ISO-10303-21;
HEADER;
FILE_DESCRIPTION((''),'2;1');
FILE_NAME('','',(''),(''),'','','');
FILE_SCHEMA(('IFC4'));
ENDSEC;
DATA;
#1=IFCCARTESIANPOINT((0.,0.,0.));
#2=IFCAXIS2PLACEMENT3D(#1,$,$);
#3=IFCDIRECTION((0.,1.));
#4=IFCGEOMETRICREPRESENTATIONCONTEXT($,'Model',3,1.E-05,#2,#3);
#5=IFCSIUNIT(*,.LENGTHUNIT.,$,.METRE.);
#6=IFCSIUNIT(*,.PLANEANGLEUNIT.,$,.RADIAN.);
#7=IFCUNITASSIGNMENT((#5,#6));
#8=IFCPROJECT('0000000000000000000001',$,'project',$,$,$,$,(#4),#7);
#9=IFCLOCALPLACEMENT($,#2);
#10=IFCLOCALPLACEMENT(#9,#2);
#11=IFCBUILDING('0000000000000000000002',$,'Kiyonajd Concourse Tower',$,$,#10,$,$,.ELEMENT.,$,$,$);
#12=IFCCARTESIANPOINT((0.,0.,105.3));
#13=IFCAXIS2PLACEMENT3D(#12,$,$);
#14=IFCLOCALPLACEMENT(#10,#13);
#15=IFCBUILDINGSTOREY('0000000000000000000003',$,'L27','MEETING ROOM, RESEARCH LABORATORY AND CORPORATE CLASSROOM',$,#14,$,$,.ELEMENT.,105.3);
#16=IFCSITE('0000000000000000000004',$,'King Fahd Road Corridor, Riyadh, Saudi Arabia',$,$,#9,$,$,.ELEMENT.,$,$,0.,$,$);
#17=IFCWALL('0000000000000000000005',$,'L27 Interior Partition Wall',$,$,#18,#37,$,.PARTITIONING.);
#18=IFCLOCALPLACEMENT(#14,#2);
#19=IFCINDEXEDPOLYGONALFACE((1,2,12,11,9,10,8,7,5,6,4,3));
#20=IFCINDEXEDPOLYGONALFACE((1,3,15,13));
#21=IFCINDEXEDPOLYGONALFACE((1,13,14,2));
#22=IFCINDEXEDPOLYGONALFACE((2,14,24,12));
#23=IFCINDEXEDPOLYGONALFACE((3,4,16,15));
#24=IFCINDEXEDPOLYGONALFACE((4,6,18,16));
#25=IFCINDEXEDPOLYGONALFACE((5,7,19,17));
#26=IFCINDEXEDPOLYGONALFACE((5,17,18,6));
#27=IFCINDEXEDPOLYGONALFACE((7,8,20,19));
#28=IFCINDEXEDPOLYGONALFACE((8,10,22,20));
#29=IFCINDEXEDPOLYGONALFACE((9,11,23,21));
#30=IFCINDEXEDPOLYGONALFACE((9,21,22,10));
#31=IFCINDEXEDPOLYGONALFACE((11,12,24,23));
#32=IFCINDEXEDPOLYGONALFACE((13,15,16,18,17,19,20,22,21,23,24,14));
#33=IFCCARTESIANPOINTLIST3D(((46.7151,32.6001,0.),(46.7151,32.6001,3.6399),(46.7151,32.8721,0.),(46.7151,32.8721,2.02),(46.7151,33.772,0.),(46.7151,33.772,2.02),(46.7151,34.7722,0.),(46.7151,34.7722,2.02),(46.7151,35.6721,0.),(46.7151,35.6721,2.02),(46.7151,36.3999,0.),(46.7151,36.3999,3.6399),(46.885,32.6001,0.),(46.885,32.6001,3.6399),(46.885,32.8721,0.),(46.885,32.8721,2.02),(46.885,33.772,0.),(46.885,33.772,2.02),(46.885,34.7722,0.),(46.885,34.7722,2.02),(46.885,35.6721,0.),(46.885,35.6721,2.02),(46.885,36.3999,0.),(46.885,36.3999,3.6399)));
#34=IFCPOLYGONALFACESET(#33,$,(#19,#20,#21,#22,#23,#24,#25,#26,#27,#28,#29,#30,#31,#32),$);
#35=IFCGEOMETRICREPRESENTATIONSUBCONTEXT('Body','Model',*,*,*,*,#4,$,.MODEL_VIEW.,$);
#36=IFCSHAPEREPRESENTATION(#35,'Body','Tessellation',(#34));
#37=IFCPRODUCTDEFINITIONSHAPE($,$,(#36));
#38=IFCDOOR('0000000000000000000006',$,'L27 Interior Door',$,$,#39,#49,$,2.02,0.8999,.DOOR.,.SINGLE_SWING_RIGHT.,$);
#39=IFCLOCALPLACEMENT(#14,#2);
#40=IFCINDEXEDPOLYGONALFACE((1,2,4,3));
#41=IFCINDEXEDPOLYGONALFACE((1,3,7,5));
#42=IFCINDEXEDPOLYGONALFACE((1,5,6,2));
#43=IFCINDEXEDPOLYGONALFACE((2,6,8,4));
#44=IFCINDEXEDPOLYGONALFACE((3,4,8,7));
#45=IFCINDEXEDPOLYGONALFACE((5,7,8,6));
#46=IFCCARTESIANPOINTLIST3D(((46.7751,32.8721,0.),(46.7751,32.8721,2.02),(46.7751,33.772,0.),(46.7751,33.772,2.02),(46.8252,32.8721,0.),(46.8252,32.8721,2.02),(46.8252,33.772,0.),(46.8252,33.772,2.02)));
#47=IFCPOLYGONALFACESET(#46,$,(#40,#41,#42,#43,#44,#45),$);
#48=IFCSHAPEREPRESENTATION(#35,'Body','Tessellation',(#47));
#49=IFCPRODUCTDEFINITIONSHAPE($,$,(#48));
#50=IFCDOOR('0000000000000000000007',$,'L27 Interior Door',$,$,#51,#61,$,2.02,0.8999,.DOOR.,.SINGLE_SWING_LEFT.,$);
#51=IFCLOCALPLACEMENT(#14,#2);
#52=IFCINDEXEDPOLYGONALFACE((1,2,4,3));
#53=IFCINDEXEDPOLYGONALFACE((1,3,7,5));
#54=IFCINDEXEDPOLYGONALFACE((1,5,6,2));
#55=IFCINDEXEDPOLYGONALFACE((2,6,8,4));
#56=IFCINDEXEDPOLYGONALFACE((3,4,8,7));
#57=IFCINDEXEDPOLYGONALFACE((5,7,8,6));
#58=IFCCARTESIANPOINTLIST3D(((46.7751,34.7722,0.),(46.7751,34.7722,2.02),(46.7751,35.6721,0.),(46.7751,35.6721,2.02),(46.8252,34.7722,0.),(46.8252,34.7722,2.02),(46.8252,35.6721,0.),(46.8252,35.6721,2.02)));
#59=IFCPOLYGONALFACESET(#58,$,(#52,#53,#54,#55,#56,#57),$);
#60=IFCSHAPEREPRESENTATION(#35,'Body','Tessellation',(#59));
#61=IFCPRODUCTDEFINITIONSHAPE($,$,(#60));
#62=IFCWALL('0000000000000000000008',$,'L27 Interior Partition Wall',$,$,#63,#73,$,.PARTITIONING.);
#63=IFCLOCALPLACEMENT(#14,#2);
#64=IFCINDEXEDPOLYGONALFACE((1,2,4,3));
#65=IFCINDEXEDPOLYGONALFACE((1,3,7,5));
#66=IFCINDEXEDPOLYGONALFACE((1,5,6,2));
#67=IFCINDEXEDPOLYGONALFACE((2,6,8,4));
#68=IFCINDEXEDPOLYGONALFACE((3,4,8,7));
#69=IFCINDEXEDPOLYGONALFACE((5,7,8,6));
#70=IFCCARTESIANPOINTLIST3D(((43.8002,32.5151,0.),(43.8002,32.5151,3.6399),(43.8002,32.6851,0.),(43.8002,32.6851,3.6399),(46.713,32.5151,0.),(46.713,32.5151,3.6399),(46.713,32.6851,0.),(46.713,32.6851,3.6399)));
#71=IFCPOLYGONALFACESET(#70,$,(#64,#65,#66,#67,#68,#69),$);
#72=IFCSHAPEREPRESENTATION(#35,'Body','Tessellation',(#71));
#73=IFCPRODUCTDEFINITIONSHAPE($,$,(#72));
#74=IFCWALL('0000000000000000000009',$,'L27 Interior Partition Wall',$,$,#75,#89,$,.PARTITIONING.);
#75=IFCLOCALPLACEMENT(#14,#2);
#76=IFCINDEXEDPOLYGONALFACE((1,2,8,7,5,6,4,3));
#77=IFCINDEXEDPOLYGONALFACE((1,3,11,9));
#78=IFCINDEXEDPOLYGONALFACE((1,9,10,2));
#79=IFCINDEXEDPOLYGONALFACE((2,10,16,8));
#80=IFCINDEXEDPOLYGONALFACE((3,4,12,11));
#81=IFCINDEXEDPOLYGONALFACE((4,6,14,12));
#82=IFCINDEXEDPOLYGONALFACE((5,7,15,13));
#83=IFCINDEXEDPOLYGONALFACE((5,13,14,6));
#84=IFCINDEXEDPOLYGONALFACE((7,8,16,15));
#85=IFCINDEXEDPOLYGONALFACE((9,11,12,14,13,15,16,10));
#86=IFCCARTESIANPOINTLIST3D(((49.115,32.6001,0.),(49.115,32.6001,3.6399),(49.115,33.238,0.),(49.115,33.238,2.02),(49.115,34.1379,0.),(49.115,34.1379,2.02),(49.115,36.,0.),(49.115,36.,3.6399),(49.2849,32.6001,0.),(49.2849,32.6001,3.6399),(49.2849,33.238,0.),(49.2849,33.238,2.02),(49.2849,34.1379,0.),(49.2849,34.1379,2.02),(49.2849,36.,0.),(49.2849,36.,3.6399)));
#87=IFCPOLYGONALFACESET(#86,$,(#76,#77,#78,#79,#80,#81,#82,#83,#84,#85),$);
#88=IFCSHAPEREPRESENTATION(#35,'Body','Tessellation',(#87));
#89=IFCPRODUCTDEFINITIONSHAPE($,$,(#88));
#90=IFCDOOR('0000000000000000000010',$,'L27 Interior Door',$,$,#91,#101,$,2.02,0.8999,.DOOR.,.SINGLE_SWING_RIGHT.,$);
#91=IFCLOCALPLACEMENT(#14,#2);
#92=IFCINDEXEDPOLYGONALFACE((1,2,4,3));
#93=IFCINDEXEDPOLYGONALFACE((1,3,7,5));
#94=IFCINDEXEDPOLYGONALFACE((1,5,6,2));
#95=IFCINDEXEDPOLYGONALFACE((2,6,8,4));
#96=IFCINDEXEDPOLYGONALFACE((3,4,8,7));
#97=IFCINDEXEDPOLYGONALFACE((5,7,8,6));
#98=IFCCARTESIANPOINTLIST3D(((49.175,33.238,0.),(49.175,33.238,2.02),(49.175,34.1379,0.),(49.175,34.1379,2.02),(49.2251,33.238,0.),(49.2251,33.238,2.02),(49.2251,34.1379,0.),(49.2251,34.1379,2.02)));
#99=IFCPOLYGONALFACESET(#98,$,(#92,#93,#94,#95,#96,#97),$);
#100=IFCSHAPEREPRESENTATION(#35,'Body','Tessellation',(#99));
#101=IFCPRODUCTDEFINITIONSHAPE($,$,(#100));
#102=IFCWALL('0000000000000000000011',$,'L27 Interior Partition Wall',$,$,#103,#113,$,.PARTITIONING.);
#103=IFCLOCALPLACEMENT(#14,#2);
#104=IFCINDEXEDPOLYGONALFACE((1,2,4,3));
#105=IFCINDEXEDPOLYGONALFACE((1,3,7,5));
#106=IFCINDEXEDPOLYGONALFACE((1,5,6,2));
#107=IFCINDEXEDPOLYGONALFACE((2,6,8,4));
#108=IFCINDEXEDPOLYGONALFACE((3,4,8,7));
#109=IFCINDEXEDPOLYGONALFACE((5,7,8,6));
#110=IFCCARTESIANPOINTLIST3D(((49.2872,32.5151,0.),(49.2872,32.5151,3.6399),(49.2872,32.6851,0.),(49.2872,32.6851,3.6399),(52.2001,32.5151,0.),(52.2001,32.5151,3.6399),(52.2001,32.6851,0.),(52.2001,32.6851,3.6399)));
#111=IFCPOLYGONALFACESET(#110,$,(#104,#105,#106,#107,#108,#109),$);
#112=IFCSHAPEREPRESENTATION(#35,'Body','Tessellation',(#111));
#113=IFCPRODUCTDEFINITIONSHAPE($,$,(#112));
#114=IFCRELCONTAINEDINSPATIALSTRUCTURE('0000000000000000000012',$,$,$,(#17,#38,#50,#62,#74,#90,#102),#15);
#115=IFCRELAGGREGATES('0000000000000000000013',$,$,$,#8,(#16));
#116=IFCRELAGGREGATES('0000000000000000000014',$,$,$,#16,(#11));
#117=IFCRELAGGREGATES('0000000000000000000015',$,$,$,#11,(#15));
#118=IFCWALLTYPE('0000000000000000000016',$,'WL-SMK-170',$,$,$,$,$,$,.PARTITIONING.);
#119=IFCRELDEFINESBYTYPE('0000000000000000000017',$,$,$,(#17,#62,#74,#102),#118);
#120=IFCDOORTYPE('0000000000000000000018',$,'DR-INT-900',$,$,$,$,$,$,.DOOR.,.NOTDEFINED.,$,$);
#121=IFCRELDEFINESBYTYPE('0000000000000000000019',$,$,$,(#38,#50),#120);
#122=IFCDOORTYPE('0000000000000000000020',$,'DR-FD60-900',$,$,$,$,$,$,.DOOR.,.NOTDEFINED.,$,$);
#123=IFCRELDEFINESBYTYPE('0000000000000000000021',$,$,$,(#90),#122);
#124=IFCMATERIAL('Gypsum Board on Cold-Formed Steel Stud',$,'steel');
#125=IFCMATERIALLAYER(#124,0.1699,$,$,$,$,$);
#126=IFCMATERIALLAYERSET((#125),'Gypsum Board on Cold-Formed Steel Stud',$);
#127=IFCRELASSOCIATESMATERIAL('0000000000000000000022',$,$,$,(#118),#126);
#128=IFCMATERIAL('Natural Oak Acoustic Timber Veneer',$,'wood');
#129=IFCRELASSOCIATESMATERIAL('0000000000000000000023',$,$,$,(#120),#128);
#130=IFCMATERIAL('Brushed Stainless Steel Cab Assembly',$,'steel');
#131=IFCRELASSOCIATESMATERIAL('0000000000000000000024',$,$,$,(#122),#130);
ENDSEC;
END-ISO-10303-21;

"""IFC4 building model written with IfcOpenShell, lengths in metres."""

from ifc_helpers import new_model, si_unit, direction, frame, frame_2d, origin, place, context, subcontext, project, spatial, rectangle, extrude, material, layer, layer_set, type_object, element, fill, save


model = new_model("IFC4")

# Units and contexts
model_context = context("Model", 3, precision=1e-05, world=origin(), true_north=direction((0.0, 1.0)))
body_context = subcontext(model_context, "Body", "Model", "MODEL_VIEW")
ifc_project = project(units=[si_unit("LENGTHUNIT", "METRE"), si_unit("PLANEANGLEUNIT", "RADIAN")], contexts=[model_context])

# Site, building, storey
site_placement = place(None, origin())
site = spatial("IfcSite", under=ifc_project, at=site_placement, Name="King Fahd Road Corridor, Riyadh, Saudi Arabia", CompositionType="ELEMENT", RefElevation=0.0)
building_placement = place(site_placement, origin())
building = spatial("IfcBuilding", under=site, at=building_placement, Name="Kiyonajd Concourse Tower", CompositionType="ELEMENT")
storey_placement = place(building_placement, frame((0.0, 0.0, 105.3)))
storey = spatial("IfcBuildingStorey", under=building, at=storey_placement, Name="L27", Description="MEETING ROOM, RESEARCH LABORATORY AND CORPORATE CLASSROOM", CompositionType="ELEMENT", Elevation=105.3)

# Shared definitions
ifc_material_1 = material(Name="Gypsum Board on Cold-Formed Steel Stud", Category="steel")

# Shared definitions
ifc_material_2 = material(Name="Brushed Stainless Steel Cab Assembly", Category="steel")

# Wall, openings, doors
ifc_layer_1 = layer(ifc_material_1, 0.1699)
ifc_layer_set_1 = layer_set([ifc_layer_1], Name="Gypsum Board on Cold-Formed Steel Stud")
wall_type_1 = type_object("IfcWallType", Name="WL-SMK-170", PredefinedType="PARTITIONING", material=ifc_layer_set_1)
wall_1_placement = place(storey_placement, frame((46.8, 32.6001, 0.0), z_axis=(0.0, 0.0, 1.0), x_axis=(0.0, 1.0, 0.0)))
wall_1 = element("IfcWall", 1, at=wall_1_placement, inside=storey, type_object=wall_type_1, Name="L27 Interior Partition Wall", PredefinedType="PARTITIONING", context=body_context, shape_type="SweptSolid", body=[
    extrude(rectangle(XDim=3.7998, YDim=0.1699, at=frame_2d((1.8999, 0.0))), origin(), (0.0, 0.0, 1.0), 3.6399),
])
opening_1_placement = place(wall_1_placement, frame((0.272, 0.0, 0.0)))
opening_1 = element("IfcOpeningElement", 2, at=opening_1_placement, cuts=wall_1, PredefinedType="OPENING", context=body_context, shape_type="SweptSolid", body=[
    extrude(rectangle(XDim=0.8999, YDim=2.02, at=frame_2d((0.45, 1.01))), frame((0.0, 0.095, 0.0), z_axis=(0.0, -1.0, 0.0), x_axis=(1.0, 0.0, 0.0)), (0.0, 0.0, 1.0), 0.1899),
])
opening_2_placement = place(wall_1_placement, frame((2.1721, 0.0, 0.0)))
opening_2 = element("IfcOpeningElement", 3, at=opening_2_placement, cuts=wall_1, PredefinedType="OPENING", context=body_context, shape_type="SweptSolid", body=[
    extrude(rectangle(XDim=0.8999, YDim=2.02, at=frame_2d((0.45, 1.01))), frame((0.0, 0.095, 0.0), z_axis=(0.0, -1.0, 0.0), x_axis=(1.0, 0.0, 0.0)), (0.0, 0.0, 1.0), 0.1899),
])
ifc_material_3 = material(Name="Natural Oak Acoustic Timber Veneer", Category="wood")
door_type_1 = type_object("IfcDoorType", Name="DR-INT-900", OperationType="NOTDEFINED", PredefinedType="DOOR", material=ifc_material_3)
door_1_placement = place(opening_1_placement, origin())
door_1 = element("IfcDoor", 4, at=door_1_placement, inside=storey, type_object=door_type_1, Name="L27 Interior Door", OperationType="SINGLE_SWING_RIGHT", OverallHeight=2.02, OverallWidth=0.8999, PredefinedType="DOOR", context=body_context, shape_type="SweptSolid", body=[
    extrude(rectangle(XDim=0.8999, YDim=2.02, at=frame_2d((0.45, 1.01))), frame((0.0, 0.0249, 0.0), z_axis=(0.0, -1.0, 0.0), x_axis=(1.0, 0.0, 0.0)), (0.0, 0.0, 1.0), 0.05),
])
fill(opening_1, door_1)
door_2_placement = place(opening_2_placement, origin())
door_2 = element("IfcDoor", 5, at=door_2_placement, inside=storey, type_object=door_type_1, Name="L27 Interior Door", OperationType="SINGLE_SWING_LEFT", OverallHeight=2.02, OverallWidth=0.8999, PredefinedType="DOOR", context=body_context, shape_type="SweptSolid", body=[
    extrude(rectangle(XDim=0.8999, YDim=2.02, at=frame_2d((0.45, 1.01))), frame((0.0, 0.0249, 0.0), z_axis=(0.0, -1.0, 0.0), x_axis=(1.0, 0.0, 0.0)), (0.0, 0.0, 1.0), 0.05),
])
fill(opening_2, door_2)

# Wall
wall_2_placement = place(storey_placement, frame((43.8, 32.6001, 0.0), z_axis=(0.0, 0.0, 1.0), x_axis=(1.0, 0.0, 0.0)))
element("IfcWall", 6, at=wall_2_placement, inside=storey, type_object=wall_type_1, Name="L27 Interior Partition Wall", PredefinedType="PARTITIONING", context=body_context, shape_type="SweptSolid", body=[
    extrude(rectangle(XDim=2.9128, YDim=0.1699, at=frame_2d((1.4565, 0.0))), origin(), (0.0, 0.0, 1.0), 3.6399),
])

# Wall, opening, door
wall_3_placement = place(storey_placement, frame((49.2, 32.6001, 0.0), z_axis=(0.0, 0.0, 1.0), x_axis=(0.0, 1.0, 0.0)))
wall_3 = element("IfcWall", 7, at=wall_3_placement, inside=storey, type_object=wall_type_1, Name="L27 Interior Partition Wall", PredefinedType="PARTITIONING", context=body_context, shape_type="SweptSolid", body=[
    extrude(rectangle(XDim=3.3999, YDim=0.1699, at=frame_2d((1.7, 0.0))), origin(), (0.0, 0.0, 1.0), 3.6399),
])
opening_3_placement = place(wall_3_placement, frame((0.6379, 0.0, 0.0)))
opening_3 = element("IfcOpeningElement", 8, at=opening_3_placement, cuts=wall_3, PredefinedType="OPENING", context=body_context, shape_type="SweptSolid", body=[
    extrude(rectangle(XDim=0.8999, YDim=2.02, at=frame_2d((0.45, 1.01))), frame((0.0, 0.095, 0.0), z_axis=(0.0, -1.0, 0.0), x_axis=(1.0, 0.0, 0.0)), (0.0, 0.0, 1.0), 0.1899),
])
door_type_2 = type_object("IfcDoorType", Name="DR-FD60-900", OperationType="NOTDEFINED", PredefinedType="DOOR", material=ifc_material_2)
door_3_placement = place(opening_3_placement, origin())
door_3 = element("IfcDoor", 9, at=door_3_placement, inside=storey, type_object=door_type_2, Name="L27 Interior Door", OperationType="SINGLE_SWING_RIGHT", OverallHeight=2.02, OverallWidth=0.8999, PredefinedType="DOOR", context=body_context, shape_type="SweptSolid", body=[
    extrude(rectangle(XDim=0.8999, YDim=2.02, at=frame_2d((0.45, 1.01))), frame((0.0, 0.0249, 0.0), z_axis=(0.0, -1.0, 0.0), x_axis=(1.0, 0.0, 0.0)), (0.0, 0.0, 1.0), 0.05),
])
fill(opening_3, door_3)

# Wall
wall_4_placement = place(storey_placement, frame((49.2871, 32.6001, 0.0), z_axis=(0.0, 0.0, 1.0), x_axis=(1.0, 0.0, 0.0)))
element("IfcWall", 10, at=wall_4_placement, inside=storey, type_object=wall_type_1, Name="L27 Interior Partition Wall", PredefinedType="PARTITIONING", context=body_context, shape_type="SweptSolid", body=[
    extrude(rectangle(XDim=2.9128, YDim=0.1699, at=frame_2d((1.4565, 0.0))), origin(), (0.0, 0.0, 1.0), 3.6399),
])

save(model, "model.ifc")
